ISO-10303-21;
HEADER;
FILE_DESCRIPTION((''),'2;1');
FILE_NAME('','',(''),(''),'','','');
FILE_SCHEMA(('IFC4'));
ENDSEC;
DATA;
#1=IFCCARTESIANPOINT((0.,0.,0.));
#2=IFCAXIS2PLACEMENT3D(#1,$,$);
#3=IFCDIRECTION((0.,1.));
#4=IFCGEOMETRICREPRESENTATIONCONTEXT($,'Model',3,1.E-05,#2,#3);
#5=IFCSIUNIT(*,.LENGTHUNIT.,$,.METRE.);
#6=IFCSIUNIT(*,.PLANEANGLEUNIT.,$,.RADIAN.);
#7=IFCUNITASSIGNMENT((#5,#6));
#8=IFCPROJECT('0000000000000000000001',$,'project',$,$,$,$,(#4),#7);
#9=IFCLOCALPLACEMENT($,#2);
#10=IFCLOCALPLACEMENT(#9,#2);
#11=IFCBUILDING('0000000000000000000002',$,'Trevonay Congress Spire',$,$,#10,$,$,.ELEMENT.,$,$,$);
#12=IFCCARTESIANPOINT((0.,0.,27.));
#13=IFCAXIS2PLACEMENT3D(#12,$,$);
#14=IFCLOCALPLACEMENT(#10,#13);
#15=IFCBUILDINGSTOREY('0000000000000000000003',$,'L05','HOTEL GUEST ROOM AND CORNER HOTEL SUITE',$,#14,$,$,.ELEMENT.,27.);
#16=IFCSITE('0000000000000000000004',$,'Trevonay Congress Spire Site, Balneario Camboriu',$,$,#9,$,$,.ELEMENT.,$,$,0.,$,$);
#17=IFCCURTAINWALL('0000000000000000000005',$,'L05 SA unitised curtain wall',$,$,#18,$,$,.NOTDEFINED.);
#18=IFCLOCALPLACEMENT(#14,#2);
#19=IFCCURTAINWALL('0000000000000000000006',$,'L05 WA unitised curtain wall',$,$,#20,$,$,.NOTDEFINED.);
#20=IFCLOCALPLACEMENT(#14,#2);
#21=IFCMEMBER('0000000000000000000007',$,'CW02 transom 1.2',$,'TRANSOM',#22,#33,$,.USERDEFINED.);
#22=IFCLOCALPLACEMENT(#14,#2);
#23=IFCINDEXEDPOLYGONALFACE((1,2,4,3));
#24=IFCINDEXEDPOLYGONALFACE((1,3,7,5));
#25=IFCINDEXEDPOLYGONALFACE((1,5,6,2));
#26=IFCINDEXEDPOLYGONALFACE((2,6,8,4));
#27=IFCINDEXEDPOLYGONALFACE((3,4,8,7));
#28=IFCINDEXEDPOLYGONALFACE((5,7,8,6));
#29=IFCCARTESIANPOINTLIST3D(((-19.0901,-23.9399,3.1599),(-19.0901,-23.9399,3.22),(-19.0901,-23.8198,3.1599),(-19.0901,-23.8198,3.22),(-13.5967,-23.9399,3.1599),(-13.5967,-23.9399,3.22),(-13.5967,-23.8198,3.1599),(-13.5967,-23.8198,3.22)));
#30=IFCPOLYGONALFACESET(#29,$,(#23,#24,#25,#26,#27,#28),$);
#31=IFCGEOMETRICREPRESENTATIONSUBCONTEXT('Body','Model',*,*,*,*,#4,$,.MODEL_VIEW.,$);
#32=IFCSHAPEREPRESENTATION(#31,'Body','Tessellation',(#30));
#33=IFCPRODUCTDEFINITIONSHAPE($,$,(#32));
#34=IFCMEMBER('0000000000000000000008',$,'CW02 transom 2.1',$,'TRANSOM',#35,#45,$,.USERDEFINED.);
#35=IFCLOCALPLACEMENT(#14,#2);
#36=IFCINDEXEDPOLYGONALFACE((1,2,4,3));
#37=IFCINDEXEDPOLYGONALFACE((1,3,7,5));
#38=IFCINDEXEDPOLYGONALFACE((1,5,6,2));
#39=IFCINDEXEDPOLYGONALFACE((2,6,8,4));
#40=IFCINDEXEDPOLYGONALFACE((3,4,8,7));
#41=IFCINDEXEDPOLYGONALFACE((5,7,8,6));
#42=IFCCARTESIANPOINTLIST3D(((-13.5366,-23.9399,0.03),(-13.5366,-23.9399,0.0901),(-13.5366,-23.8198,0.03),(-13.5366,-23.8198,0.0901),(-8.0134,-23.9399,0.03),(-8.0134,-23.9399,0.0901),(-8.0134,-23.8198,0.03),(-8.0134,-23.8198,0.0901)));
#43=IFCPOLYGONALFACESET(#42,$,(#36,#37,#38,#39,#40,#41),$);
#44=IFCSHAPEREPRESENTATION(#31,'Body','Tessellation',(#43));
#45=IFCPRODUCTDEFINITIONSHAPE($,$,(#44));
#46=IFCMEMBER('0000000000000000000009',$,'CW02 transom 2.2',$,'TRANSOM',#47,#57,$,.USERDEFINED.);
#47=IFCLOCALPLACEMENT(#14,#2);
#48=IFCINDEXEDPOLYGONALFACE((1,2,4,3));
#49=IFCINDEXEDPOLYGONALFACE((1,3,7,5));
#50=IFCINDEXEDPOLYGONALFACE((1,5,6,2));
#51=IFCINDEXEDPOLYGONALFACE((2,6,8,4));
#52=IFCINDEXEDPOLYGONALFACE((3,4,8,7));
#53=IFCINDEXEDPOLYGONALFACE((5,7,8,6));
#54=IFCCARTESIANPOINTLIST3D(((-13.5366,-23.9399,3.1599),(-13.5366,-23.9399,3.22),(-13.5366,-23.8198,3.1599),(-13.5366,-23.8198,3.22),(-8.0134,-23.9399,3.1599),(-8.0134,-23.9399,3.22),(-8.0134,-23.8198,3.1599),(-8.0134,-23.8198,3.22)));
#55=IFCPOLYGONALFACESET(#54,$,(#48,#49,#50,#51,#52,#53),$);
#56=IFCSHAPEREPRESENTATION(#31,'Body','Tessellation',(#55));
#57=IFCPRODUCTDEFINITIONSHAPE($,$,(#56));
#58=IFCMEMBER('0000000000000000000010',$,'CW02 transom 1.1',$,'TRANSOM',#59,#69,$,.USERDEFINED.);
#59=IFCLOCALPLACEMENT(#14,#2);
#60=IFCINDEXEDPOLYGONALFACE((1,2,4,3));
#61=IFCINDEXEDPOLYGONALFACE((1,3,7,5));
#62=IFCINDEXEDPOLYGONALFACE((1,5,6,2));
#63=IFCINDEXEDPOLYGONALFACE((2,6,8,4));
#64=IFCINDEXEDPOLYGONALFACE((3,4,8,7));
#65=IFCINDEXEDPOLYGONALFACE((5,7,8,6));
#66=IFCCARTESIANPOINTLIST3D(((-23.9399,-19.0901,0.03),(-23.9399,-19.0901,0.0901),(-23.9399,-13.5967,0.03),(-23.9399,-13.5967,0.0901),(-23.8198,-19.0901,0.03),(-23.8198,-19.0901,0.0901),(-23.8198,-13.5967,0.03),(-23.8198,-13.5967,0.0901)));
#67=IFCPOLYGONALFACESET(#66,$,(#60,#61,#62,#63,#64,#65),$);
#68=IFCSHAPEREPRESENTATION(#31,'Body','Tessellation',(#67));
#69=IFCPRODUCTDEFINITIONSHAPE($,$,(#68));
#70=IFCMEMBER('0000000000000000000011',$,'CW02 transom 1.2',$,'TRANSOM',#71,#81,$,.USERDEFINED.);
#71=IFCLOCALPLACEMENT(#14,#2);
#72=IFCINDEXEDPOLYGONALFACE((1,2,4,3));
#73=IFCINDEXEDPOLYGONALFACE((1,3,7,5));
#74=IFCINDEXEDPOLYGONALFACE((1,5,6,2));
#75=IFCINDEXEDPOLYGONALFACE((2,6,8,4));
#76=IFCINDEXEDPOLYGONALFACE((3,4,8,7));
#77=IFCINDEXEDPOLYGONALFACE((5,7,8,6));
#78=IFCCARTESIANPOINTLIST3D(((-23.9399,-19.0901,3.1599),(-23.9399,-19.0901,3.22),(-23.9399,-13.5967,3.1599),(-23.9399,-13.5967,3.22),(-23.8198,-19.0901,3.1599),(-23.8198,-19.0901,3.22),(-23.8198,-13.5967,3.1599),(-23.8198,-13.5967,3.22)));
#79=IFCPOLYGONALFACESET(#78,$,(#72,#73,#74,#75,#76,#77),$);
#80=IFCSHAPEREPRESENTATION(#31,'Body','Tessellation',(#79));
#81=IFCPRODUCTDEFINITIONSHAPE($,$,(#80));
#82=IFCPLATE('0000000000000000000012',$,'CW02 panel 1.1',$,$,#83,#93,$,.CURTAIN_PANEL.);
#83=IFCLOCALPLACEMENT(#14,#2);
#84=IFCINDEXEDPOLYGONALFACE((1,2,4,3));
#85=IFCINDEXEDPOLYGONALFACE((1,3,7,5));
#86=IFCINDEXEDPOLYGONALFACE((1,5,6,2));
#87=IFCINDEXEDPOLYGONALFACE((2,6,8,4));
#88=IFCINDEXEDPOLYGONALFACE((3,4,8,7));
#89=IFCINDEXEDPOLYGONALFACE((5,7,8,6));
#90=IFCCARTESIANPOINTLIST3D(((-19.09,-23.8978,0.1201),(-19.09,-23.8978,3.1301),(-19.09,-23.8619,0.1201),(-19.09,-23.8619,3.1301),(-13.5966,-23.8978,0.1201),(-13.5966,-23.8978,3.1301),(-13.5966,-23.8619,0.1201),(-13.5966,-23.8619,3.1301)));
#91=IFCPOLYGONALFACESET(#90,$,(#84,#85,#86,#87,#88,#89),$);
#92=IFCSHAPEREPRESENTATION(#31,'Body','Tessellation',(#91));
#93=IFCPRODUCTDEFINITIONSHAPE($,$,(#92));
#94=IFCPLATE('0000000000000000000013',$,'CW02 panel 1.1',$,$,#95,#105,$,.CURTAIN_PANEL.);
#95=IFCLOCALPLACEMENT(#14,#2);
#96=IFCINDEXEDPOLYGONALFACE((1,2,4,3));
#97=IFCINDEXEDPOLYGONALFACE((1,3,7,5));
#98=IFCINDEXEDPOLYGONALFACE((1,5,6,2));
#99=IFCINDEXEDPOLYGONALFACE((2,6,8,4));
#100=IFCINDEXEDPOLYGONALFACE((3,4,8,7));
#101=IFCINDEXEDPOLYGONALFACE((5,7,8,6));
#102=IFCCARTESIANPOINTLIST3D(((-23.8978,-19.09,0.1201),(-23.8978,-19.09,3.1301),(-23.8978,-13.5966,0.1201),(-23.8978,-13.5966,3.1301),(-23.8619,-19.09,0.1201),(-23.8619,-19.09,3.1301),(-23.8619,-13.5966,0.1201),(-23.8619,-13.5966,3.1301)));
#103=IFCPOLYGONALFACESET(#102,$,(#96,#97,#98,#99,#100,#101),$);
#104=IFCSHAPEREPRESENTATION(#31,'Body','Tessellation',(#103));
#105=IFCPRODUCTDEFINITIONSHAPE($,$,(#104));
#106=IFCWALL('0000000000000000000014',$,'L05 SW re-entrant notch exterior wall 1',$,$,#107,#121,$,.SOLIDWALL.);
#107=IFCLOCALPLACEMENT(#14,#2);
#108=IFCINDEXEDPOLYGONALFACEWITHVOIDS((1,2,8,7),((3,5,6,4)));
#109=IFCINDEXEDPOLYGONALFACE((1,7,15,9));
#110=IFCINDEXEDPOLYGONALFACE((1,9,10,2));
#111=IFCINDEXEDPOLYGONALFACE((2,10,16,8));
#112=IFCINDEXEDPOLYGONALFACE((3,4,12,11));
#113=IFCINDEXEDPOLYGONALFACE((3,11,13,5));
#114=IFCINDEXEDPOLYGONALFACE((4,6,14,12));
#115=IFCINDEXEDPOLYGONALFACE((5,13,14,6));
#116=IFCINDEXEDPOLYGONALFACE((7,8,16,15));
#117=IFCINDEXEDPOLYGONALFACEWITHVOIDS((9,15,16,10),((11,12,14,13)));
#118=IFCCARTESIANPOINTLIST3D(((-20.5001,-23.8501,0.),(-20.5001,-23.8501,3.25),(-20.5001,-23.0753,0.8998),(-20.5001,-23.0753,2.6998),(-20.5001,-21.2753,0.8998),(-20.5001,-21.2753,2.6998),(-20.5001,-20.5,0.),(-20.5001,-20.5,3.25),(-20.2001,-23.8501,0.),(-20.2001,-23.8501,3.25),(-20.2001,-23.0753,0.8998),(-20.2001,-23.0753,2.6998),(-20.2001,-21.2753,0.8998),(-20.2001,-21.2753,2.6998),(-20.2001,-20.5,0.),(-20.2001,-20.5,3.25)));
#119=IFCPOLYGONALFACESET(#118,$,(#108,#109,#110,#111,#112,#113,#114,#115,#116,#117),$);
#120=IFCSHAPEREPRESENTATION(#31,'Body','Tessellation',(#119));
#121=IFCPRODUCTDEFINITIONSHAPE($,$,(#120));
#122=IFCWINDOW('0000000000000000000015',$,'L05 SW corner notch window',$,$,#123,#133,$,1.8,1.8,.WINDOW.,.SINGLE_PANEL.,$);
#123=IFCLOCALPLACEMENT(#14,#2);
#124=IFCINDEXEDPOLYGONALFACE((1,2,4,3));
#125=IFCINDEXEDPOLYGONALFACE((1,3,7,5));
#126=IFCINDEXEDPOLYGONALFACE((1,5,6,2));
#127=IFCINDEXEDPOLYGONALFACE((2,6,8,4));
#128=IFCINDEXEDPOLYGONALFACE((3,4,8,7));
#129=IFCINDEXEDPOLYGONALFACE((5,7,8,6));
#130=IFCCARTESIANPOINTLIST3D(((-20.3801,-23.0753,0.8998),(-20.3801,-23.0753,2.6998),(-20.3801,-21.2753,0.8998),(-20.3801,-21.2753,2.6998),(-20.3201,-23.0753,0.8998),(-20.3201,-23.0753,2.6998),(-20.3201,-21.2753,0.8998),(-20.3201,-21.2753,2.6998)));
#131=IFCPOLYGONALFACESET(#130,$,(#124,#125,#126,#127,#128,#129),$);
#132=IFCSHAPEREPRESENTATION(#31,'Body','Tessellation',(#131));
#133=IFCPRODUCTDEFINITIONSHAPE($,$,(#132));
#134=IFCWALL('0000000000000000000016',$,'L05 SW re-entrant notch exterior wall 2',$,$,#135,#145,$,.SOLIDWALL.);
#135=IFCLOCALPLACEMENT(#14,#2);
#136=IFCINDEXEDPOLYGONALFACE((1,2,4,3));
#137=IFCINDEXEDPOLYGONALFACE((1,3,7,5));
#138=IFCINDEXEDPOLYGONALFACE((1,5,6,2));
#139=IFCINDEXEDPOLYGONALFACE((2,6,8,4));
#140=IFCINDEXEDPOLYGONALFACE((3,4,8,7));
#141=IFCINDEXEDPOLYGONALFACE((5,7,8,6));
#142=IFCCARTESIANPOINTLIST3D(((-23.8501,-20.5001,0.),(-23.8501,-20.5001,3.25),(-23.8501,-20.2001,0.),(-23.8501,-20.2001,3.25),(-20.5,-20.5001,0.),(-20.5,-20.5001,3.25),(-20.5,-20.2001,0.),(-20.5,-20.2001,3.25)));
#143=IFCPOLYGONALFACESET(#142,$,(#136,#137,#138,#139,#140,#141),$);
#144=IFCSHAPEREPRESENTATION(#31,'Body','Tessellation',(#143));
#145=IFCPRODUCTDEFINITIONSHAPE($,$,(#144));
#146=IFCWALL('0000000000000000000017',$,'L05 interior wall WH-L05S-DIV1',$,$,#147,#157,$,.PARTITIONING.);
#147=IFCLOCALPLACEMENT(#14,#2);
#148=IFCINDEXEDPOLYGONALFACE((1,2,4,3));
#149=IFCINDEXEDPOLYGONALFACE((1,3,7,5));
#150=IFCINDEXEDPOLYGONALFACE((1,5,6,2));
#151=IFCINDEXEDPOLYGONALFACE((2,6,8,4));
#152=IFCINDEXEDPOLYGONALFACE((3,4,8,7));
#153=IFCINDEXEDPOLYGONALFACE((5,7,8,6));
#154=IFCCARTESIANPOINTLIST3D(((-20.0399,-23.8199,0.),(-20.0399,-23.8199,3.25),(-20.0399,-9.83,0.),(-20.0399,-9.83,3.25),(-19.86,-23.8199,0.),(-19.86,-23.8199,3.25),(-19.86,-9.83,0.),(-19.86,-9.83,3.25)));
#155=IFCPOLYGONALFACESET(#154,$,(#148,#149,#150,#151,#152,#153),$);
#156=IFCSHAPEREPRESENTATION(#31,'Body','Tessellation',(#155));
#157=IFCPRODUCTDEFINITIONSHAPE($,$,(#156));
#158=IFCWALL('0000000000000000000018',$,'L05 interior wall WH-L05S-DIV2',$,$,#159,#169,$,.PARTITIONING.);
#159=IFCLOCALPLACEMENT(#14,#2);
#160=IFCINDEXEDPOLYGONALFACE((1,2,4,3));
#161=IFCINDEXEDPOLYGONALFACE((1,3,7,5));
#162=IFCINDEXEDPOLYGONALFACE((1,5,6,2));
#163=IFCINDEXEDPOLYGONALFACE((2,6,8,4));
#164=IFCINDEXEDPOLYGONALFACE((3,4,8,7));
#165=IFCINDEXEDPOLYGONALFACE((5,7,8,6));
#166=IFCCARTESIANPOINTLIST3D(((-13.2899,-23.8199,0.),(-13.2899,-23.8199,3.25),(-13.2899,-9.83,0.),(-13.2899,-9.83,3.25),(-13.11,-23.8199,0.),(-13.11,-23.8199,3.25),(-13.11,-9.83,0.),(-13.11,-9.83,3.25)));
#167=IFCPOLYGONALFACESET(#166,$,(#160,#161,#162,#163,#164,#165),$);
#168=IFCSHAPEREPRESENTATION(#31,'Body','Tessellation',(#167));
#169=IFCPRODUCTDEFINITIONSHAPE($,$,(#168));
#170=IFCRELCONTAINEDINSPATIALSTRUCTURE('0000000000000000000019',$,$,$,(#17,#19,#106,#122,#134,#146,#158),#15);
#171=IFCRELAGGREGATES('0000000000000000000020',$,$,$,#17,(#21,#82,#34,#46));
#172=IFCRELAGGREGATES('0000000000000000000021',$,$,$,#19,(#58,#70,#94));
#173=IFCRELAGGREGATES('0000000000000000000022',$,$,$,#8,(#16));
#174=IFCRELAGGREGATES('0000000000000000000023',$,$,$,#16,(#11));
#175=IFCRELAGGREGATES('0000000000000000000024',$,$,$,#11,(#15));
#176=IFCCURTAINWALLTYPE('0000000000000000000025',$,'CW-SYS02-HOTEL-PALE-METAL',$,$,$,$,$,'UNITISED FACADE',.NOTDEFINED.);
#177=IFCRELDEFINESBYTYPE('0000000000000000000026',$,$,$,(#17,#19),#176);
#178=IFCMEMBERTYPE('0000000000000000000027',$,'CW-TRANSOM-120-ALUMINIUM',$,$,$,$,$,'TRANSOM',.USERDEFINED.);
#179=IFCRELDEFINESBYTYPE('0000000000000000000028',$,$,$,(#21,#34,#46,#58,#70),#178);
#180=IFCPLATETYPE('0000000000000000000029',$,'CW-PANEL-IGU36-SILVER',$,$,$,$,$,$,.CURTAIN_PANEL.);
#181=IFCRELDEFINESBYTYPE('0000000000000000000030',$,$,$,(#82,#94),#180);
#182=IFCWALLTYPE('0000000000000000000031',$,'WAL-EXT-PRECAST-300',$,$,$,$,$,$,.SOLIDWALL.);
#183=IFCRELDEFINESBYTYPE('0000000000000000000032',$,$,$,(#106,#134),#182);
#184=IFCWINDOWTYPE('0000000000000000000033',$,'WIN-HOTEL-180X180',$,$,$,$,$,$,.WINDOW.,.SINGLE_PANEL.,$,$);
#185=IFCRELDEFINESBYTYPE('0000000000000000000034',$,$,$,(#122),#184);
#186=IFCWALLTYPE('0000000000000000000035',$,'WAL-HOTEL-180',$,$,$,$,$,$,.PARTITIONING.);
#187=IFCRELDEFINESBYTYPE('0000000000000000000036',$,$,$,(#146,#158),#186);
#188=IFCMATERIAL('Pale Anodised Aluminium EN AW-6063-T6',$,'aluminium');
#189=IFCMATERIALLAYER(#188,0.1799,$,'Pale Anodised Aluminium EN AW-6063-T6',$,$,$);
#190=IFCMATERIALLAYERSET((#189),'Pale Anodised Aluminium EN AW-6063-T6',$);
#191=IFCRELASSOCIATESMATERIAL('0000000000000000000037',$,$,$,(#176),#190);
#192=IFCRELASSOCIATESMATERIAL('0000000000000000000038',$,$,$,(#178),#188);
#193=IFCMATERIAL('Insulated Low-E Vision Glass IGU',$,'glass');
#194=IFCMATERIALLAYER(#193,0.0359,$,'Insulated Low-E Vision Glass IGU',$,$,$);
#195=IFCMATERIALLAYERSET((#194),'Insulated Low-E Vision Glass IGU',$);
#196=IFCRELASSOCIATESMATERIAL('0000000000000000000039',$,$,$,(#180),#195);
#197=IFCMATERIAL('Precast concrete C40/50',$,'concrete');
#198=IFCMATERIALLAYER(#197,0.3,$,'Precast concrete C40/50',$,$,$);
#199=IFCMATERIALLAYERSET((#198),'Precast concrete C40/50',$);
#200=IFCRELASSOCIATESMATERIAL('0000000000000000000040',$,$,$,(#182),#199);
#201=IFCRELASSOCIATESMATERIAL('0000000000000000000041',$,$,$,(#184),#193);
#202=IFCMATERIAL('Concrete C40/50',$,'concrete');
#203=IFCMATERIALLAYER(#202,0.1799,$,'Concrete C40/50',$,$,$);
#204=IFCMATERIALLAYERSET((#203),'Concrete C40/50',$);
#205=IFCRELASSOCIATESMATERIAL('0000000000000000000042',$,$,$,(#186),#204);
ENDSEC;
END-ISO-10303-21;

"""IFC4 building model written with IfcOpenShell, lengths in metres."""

from ifc_helpers import new_model, si_unit, direction, frame, frame_2d, origin, origin_2d, place, context, subcontext, project, spatial, rectangle, extrude, material, layer, layer_set, material_profile, profile_set, type_object, element, fill, aggregate, save


model = new_model("IFC4")

# Units and contexts
model_context = context("Model", 3, precision=1e-05, world=origin(), true_north=direction((0.0, 1.0)))
body_context = subcontext(model_context, "Body", "Model", "MODEL_VIEW")
ifc_project = project(units=[si_unit("LENGTHUNIT", "METRE"), si_unit("PLANEANGLEUNIT", "RADIAN")], contexts=[model_context])

# Site, building, storey
site_placement = place(None, origin())
site = spatial("IfcSite", under=ifc_project, at=site_placement, Name="Trevonay Congress Spire Site, Balneario Camboriu", CompositionType="ELEMENT", RefElevation=0.0)
building_placement = place(site_placement, origin())
building = spatial("IfcBuilding", under=site, at=building_placement, Name="Trevonay Congress Spire", CompositionType="ELEMENT")
storey_placement = place(building_placement, frame((0.0, 0.0, 27.0)))
storey = spatial("IfcBuildingStorey", under=building, at=storey_placement, Name="L05", Description="HOTEL GUEST ROOM AND CORNER HOTEL SUITE", CompositionType="ELEMENT", Elevation=27.0)

# Curtain wall
ifc_material_1 = material(Name="Pale Anodised Aluminium EN AW-6063-T6", Category="aluminium")
ifc_layer_1 = layer(ifc_material_1, 0.1799, Name="Pale Anodised Aluminium EN AW-6063-T6")
ifc_layer_set_1 = layer_set([ifc_layer_1], Name="Pale Anodised Aluminium EN AW-6063-T6")
curtain_wall_type = type_object("IfcCurtainWallType", Name="CW-SYS02-HOTEL-PALE-METAL", ElementType="UNITISED FACADE", PredefinedType="NOTDEFINED", material=ifc_layer_set_1)
curtain_wall_1_placement = place(storey_placement, origin())
curtain_wall_1 = element("IfcCurtainWall", 1, at=curtain_wall_1_placement, inside=storey, type_object=curtain_wall_type, Name="L05 SA unitised curtain wall", PredefinedType="NOTDEFINED")

# Curtain wall
curtain_wall_2_placement = place(storey_placement, origin())
curtain_wall_2 = element("IfcCurtainWall", 2, at=curtain_wall_2_placement, inside=storey, type_object=curtain_wall_type, Name="L05 WA unitised curtain wall", PredefinedType="NOTDEFINED")

# Members
ifc_material_profile_1 = material_profile(ifc_material_1, rectangle(XDim=0.1201, YDim=0.0601, at=origin_2d()), Name="CW-TRANSOM-120-ALUMINIUM")
ifc_profile_set_1 = profile_set([ifc_material_profile_1], Name="Pale Anodised Aluminium EN AW-6063-T6")
member_type_1 = type_object("IfcMemberType", Name="CW-TRANSOM-120-ALUMINIUM", ElementType="TRANSOM", PredefinedType="USERDEFINED", material=ifc_profile_set_1)
member_1_placement = place(storey_placement, frame((-19.0901, -23.8799, 3.1899), z_axis=(1.0, 0.0, 0.0), x_axis=(0.0, 1.0, 0.0)))
member_1 = element("IfcMember", 3, at=member_1_placement, type_object=member_type_1, Name="CW02 transom 1.2", ObjectType="TRANSOM", PredefinedType="USERDEFINED", context=body_context, shape_type="SweptSolid", body=[
    extrude(rectangle(XDim=0.1201, YDim=0.0601, at=origin_2d()), origin(), (0.0, 0.0, 1.0), 5.4934),
])
member_2_placement = place(storey_placement, frame((-13.5366, -23.8799, 0.0601), z_axis=(1.0, 0.0, 0.0), x_axis=(0.0, 1.0, 0.0)))
member_2 = element("IfcMember", 4, at=member_2_placement, type_object=member_type_1, Name="CW02 transom 2.1", ObjectType="TRANSOM", PredefinedType="USERDEFINED", context=body_context, shape_type="SweptSolid", body=[
    extrude(rectangle(XDim=0.1201, YDim=0.0601, at=origin_2d()), origin(), (0.0, 0.0, 1.0), 5.5232),
])
member_3_placement = place(storey_placement, frame((-13.5366, -23.8799, 3.1899), z_axis=(1.0, 0.0, 0.0), x_axis=(0.0, 1.0, 0.0)))
member_3 = element("IfcMember", 5, at=member_3_placement, type_object=member_type_1, Name="CW02 transom 2.2", ObjectType="TRANSOM", PredefinedType="USERDEFINED", context=body_context, shape_type="SweptSolid", body=[
    extrude(rectangle(XDim=0.1201, YDim=0.0601, at=origin_2d()), origin(), (0.0, 0.0, 1.0), 5.5232),
])
member_4_placement = place(storey_placement, frame((-23.8799, -19.0901, 0.0601), z_axis=(0.0, 1.0, 0.0), x_axis=(-1.0, 0.0, 0.0)))
member_4 = element("IfcMember", 6, at=member_4_placement, type_object=member_type_1, Name="CW02 transom 1.1", ObjectType="TRANSOM", PredefinedType="USERDEFINED", context=body_context, shape_type="SweptSolid", body=[
    extrude(rectangle(XDim=0.1201, YDim=0.0601, at=origin_2d()), origin(), (0.0, 0.0, 1.0), 5.4934),
])
member_5_placement = place(storey_placement, frame((-23.8799, -19.0901, 3.1899), z_axis=(0.0, 1.0, 0.0), x_axis=(-1.0, 0.0, 0.0)))
member_5 = element("IfcMember", 7, at=member_5_placement, type_object=member_type_1, Name="CW02 transom 1.2", ObjectType="TRANSOM", PredefinedType="USERDEFINED", context=body_context, shape_type="SweptSolid", body=[
    extrude(rectangle(XDim=0.1201, YDim=0.0601, at=origin_2d()), origin(), (0.0, 0.0, 1.0), 5.4934),
])

# Plates
ifc_material_2 = material(Name="Insulated Low-E Vision Glass IGU", Category="glass")
ifc_layer_2 = layer(ifc_material_2, 0.0359, Name="Insulated Low-E Vision Glass IGU")
ifc_layer_set_2 = layer_set([ifc_layer_2], Name="Insulated Low-E Vision Glass IGU")
plate_type = type_object("IfcPlateType", Name="CW-PANEL-IGU36-SILVER", PredefinedType="CURTAIN_PANEL", material=ifc_layer_set_2)
plate_1_placement = place(storey_placement, frame((-16.3433, -23.8799, 0.1201), z_axis=(0.0, 0.0, 1.0), x_axis=(1.0, 0.0, 0.0)))
plate_1 = element("IfcPlate", 8, at=plate_1_placement, type_object=plate_type, Name="CW02 panel 1.1", PredefinedType="CURTAIN_PANEL", context=body_context, shape_type="SweptSolid", body=[
    extrude(rectangle(XDim=5.4934, YDim=0.0359, at=origin_2d()), origin(), (0.0, 0.0, 1.0), 3.01),
])
aggregate(curtain_wall_1, [member_1, plate_1, member_2, member_3])
plate_2_placement = place(storey_placement, frame((-23.8799, -16.3433, 0.1201), z_axis=(0.0, 0.0, 1.0), x_axis=(0.0, 1.0, 0.0)))
plate_2 = element("IfcPlate", 9, at=plate_2_placement, type_object=plate_type, Name="CW02 panel 1.1", PredefinedType="CURTAIN_PANEL", context=body_context, shape_type="SweptSolid", body=[
    extrude(rectangle(XDim=5.4934, YDim=0.0359, at=origin_2d()), origin(), (0.0, 0.0, 1.0), 3.01),
])
aggregate(curtain_wall_2, [member_4, member_5, plate_2])

# Wall, opening, window
ifc_material_3 = material(Name="Precast concrete C40/50", Category="concrete")
ifc_layer_3 = layer(ifc_material_3, 0.3, Name="Precast concrete C40/50")
ifc_layer_set_3 = layer_set([ifc_layer_3], Name="Precast concrete C40/50")
wall_type_1 = type_object("IfcWallType", Name="WAL-EXT-PRECAST-300", PredefinedType="SOLIDWALL", material=ifc_layer_set_3)
wall_1_placement = place(storey_placement, frame((-20.3501, -23.8501, 0.0), z_axis=(0.0, 0.0, 1.0), x_axis=(0.0, 1.0, 0.0)))
wall_1 = element("IfcWall", 10, at=wall_1_placement, inside=storey, type_object=wall_type_1, Name="L05 SW re-entrant notch exterior wall 1", PredefinedType="SOLIDWALL", context=body_context, shape_type="SweptSolid", body=[
    extrude(rectangle(XDim=3.3501, YDim=0.3, at=frame_2d((1.675, 0.0))), origin(), (0.0, 0.0, 1.0), 3.25),
])
opening_placement = place(wall_1_placement, frame((0.7749, 0.0, 0.8999)))
opening = element("IfcOpeningElement", 11, at=opening_placement, cuts=wall_1, PredefinedType="OPENING", context=body_context, shape_type="SweptSolid", body=[
    extrude(rectangle(XDim=1.8, YDim=1.8, at=frame_2d((0.8999, 0.8999))), frame((0.0, 0.1602, 0.0), z_axis=(0.0, -1.0, 0.0), x_axis=(1.0, 0.0, 0.0)), (0.0, 0.0, 1.0), 0.3201),
])
window_type = type_object("IfcWindowType", Name="WIN-HOTEL-180X180", PartitioningType="SINGLE_PANEL", PredefinedType="WINDOW", material=ifc_material_2)
window_placement = place(opening_placement, origin())
window = element("IfcWindow", 12, at=window_placement, inside=storey, type_object=window_type, Name="L05 SW corner notch window", OverallHeight=1.8, OverallWidth=1.8, PartitioningType="SINGLE_PANEL", PredefinedType="WINDOW", context=body_context, shape_type="SweptSolid", body=[
    extrude(rectangle(XDim=1.8, YDim=1.8, at=frame_2d((0.8999, 0.8999))), frame((0.0, 0.03, 0.0), z_axis=(0.0, -1.0, 0.0), x_axis=(1.0, 0.0, 0.0)), (0.0, 0.0, 1.0), 0.0601),
])
fill(opening, window)

# Walls
wall_2_placement = place(storey_placement, frame((-23.8501, -20.3501, 0.0), z_axis=(0.0, 0.0, 1.0), x_axis=(1.0, 0.0, 0.0)))
element("IfcWall", 13, at=wall_2_placement, inside=storey, type_object=wall_type_1, Name="L05 SW re-entrant notch exterior wall 2", PredefinedType="SOLIDWALL", context=body_context, shape_type="SweptSolid", body=[
    extrude(rectangle(XDim=3.3501, YDim=0.3, at=frame_2d((1.675, 0.0))), origin(), (0.0, 0.0, 1.0), 3.25),
])
ifc_material_4 = material(Name="Concrete C40/50", Category="concrete")
ifc_layer_4 = layer(ifc_material_4, 0.1799, Name="Concrete C40/50")
ifc_layer_set_4 = layer_set([ifc_layer_4], Name="Concrete C40/50")
wall_type_2 = type_object("IfcWallType", Name="WAL-HOTEL-180", PredefinedType="PARTITIONING", material=ifc_layer_set_4)
for number, where, z_axis, x_axis, name in (
    (14, (-19.95, -23.8201, 0.0), (0.0, 0.0, 1.0), (0.0, 1.0, 0.0), "L05 interior wall WH-L05S-DIV1"),
    (15, (-13.2, -23.8201, 0.0), (0.0, 0.0, 1.0), (0.0, 1.0, 0.0), "L05 interior wall WH-L05S-DIV2"),
):
    element("IfcWall", number, at=place(storey_placement, frame(where, z_axis=z_axis, x_axis=x_axis)), inside=storey, type_object=wall_type_2, Name=name, PredefinedType="PARTITIONING", context=body_context, shape_type="SweptSolid", body=[
        extrude(rectangle(XDim=13.99, YDim=0.1799, at=frame_2d((6.9951, 0.0))), origin(), (0.0, 0.0, 1.0), 3.25),
    ])

save(model, "model.ifc")
